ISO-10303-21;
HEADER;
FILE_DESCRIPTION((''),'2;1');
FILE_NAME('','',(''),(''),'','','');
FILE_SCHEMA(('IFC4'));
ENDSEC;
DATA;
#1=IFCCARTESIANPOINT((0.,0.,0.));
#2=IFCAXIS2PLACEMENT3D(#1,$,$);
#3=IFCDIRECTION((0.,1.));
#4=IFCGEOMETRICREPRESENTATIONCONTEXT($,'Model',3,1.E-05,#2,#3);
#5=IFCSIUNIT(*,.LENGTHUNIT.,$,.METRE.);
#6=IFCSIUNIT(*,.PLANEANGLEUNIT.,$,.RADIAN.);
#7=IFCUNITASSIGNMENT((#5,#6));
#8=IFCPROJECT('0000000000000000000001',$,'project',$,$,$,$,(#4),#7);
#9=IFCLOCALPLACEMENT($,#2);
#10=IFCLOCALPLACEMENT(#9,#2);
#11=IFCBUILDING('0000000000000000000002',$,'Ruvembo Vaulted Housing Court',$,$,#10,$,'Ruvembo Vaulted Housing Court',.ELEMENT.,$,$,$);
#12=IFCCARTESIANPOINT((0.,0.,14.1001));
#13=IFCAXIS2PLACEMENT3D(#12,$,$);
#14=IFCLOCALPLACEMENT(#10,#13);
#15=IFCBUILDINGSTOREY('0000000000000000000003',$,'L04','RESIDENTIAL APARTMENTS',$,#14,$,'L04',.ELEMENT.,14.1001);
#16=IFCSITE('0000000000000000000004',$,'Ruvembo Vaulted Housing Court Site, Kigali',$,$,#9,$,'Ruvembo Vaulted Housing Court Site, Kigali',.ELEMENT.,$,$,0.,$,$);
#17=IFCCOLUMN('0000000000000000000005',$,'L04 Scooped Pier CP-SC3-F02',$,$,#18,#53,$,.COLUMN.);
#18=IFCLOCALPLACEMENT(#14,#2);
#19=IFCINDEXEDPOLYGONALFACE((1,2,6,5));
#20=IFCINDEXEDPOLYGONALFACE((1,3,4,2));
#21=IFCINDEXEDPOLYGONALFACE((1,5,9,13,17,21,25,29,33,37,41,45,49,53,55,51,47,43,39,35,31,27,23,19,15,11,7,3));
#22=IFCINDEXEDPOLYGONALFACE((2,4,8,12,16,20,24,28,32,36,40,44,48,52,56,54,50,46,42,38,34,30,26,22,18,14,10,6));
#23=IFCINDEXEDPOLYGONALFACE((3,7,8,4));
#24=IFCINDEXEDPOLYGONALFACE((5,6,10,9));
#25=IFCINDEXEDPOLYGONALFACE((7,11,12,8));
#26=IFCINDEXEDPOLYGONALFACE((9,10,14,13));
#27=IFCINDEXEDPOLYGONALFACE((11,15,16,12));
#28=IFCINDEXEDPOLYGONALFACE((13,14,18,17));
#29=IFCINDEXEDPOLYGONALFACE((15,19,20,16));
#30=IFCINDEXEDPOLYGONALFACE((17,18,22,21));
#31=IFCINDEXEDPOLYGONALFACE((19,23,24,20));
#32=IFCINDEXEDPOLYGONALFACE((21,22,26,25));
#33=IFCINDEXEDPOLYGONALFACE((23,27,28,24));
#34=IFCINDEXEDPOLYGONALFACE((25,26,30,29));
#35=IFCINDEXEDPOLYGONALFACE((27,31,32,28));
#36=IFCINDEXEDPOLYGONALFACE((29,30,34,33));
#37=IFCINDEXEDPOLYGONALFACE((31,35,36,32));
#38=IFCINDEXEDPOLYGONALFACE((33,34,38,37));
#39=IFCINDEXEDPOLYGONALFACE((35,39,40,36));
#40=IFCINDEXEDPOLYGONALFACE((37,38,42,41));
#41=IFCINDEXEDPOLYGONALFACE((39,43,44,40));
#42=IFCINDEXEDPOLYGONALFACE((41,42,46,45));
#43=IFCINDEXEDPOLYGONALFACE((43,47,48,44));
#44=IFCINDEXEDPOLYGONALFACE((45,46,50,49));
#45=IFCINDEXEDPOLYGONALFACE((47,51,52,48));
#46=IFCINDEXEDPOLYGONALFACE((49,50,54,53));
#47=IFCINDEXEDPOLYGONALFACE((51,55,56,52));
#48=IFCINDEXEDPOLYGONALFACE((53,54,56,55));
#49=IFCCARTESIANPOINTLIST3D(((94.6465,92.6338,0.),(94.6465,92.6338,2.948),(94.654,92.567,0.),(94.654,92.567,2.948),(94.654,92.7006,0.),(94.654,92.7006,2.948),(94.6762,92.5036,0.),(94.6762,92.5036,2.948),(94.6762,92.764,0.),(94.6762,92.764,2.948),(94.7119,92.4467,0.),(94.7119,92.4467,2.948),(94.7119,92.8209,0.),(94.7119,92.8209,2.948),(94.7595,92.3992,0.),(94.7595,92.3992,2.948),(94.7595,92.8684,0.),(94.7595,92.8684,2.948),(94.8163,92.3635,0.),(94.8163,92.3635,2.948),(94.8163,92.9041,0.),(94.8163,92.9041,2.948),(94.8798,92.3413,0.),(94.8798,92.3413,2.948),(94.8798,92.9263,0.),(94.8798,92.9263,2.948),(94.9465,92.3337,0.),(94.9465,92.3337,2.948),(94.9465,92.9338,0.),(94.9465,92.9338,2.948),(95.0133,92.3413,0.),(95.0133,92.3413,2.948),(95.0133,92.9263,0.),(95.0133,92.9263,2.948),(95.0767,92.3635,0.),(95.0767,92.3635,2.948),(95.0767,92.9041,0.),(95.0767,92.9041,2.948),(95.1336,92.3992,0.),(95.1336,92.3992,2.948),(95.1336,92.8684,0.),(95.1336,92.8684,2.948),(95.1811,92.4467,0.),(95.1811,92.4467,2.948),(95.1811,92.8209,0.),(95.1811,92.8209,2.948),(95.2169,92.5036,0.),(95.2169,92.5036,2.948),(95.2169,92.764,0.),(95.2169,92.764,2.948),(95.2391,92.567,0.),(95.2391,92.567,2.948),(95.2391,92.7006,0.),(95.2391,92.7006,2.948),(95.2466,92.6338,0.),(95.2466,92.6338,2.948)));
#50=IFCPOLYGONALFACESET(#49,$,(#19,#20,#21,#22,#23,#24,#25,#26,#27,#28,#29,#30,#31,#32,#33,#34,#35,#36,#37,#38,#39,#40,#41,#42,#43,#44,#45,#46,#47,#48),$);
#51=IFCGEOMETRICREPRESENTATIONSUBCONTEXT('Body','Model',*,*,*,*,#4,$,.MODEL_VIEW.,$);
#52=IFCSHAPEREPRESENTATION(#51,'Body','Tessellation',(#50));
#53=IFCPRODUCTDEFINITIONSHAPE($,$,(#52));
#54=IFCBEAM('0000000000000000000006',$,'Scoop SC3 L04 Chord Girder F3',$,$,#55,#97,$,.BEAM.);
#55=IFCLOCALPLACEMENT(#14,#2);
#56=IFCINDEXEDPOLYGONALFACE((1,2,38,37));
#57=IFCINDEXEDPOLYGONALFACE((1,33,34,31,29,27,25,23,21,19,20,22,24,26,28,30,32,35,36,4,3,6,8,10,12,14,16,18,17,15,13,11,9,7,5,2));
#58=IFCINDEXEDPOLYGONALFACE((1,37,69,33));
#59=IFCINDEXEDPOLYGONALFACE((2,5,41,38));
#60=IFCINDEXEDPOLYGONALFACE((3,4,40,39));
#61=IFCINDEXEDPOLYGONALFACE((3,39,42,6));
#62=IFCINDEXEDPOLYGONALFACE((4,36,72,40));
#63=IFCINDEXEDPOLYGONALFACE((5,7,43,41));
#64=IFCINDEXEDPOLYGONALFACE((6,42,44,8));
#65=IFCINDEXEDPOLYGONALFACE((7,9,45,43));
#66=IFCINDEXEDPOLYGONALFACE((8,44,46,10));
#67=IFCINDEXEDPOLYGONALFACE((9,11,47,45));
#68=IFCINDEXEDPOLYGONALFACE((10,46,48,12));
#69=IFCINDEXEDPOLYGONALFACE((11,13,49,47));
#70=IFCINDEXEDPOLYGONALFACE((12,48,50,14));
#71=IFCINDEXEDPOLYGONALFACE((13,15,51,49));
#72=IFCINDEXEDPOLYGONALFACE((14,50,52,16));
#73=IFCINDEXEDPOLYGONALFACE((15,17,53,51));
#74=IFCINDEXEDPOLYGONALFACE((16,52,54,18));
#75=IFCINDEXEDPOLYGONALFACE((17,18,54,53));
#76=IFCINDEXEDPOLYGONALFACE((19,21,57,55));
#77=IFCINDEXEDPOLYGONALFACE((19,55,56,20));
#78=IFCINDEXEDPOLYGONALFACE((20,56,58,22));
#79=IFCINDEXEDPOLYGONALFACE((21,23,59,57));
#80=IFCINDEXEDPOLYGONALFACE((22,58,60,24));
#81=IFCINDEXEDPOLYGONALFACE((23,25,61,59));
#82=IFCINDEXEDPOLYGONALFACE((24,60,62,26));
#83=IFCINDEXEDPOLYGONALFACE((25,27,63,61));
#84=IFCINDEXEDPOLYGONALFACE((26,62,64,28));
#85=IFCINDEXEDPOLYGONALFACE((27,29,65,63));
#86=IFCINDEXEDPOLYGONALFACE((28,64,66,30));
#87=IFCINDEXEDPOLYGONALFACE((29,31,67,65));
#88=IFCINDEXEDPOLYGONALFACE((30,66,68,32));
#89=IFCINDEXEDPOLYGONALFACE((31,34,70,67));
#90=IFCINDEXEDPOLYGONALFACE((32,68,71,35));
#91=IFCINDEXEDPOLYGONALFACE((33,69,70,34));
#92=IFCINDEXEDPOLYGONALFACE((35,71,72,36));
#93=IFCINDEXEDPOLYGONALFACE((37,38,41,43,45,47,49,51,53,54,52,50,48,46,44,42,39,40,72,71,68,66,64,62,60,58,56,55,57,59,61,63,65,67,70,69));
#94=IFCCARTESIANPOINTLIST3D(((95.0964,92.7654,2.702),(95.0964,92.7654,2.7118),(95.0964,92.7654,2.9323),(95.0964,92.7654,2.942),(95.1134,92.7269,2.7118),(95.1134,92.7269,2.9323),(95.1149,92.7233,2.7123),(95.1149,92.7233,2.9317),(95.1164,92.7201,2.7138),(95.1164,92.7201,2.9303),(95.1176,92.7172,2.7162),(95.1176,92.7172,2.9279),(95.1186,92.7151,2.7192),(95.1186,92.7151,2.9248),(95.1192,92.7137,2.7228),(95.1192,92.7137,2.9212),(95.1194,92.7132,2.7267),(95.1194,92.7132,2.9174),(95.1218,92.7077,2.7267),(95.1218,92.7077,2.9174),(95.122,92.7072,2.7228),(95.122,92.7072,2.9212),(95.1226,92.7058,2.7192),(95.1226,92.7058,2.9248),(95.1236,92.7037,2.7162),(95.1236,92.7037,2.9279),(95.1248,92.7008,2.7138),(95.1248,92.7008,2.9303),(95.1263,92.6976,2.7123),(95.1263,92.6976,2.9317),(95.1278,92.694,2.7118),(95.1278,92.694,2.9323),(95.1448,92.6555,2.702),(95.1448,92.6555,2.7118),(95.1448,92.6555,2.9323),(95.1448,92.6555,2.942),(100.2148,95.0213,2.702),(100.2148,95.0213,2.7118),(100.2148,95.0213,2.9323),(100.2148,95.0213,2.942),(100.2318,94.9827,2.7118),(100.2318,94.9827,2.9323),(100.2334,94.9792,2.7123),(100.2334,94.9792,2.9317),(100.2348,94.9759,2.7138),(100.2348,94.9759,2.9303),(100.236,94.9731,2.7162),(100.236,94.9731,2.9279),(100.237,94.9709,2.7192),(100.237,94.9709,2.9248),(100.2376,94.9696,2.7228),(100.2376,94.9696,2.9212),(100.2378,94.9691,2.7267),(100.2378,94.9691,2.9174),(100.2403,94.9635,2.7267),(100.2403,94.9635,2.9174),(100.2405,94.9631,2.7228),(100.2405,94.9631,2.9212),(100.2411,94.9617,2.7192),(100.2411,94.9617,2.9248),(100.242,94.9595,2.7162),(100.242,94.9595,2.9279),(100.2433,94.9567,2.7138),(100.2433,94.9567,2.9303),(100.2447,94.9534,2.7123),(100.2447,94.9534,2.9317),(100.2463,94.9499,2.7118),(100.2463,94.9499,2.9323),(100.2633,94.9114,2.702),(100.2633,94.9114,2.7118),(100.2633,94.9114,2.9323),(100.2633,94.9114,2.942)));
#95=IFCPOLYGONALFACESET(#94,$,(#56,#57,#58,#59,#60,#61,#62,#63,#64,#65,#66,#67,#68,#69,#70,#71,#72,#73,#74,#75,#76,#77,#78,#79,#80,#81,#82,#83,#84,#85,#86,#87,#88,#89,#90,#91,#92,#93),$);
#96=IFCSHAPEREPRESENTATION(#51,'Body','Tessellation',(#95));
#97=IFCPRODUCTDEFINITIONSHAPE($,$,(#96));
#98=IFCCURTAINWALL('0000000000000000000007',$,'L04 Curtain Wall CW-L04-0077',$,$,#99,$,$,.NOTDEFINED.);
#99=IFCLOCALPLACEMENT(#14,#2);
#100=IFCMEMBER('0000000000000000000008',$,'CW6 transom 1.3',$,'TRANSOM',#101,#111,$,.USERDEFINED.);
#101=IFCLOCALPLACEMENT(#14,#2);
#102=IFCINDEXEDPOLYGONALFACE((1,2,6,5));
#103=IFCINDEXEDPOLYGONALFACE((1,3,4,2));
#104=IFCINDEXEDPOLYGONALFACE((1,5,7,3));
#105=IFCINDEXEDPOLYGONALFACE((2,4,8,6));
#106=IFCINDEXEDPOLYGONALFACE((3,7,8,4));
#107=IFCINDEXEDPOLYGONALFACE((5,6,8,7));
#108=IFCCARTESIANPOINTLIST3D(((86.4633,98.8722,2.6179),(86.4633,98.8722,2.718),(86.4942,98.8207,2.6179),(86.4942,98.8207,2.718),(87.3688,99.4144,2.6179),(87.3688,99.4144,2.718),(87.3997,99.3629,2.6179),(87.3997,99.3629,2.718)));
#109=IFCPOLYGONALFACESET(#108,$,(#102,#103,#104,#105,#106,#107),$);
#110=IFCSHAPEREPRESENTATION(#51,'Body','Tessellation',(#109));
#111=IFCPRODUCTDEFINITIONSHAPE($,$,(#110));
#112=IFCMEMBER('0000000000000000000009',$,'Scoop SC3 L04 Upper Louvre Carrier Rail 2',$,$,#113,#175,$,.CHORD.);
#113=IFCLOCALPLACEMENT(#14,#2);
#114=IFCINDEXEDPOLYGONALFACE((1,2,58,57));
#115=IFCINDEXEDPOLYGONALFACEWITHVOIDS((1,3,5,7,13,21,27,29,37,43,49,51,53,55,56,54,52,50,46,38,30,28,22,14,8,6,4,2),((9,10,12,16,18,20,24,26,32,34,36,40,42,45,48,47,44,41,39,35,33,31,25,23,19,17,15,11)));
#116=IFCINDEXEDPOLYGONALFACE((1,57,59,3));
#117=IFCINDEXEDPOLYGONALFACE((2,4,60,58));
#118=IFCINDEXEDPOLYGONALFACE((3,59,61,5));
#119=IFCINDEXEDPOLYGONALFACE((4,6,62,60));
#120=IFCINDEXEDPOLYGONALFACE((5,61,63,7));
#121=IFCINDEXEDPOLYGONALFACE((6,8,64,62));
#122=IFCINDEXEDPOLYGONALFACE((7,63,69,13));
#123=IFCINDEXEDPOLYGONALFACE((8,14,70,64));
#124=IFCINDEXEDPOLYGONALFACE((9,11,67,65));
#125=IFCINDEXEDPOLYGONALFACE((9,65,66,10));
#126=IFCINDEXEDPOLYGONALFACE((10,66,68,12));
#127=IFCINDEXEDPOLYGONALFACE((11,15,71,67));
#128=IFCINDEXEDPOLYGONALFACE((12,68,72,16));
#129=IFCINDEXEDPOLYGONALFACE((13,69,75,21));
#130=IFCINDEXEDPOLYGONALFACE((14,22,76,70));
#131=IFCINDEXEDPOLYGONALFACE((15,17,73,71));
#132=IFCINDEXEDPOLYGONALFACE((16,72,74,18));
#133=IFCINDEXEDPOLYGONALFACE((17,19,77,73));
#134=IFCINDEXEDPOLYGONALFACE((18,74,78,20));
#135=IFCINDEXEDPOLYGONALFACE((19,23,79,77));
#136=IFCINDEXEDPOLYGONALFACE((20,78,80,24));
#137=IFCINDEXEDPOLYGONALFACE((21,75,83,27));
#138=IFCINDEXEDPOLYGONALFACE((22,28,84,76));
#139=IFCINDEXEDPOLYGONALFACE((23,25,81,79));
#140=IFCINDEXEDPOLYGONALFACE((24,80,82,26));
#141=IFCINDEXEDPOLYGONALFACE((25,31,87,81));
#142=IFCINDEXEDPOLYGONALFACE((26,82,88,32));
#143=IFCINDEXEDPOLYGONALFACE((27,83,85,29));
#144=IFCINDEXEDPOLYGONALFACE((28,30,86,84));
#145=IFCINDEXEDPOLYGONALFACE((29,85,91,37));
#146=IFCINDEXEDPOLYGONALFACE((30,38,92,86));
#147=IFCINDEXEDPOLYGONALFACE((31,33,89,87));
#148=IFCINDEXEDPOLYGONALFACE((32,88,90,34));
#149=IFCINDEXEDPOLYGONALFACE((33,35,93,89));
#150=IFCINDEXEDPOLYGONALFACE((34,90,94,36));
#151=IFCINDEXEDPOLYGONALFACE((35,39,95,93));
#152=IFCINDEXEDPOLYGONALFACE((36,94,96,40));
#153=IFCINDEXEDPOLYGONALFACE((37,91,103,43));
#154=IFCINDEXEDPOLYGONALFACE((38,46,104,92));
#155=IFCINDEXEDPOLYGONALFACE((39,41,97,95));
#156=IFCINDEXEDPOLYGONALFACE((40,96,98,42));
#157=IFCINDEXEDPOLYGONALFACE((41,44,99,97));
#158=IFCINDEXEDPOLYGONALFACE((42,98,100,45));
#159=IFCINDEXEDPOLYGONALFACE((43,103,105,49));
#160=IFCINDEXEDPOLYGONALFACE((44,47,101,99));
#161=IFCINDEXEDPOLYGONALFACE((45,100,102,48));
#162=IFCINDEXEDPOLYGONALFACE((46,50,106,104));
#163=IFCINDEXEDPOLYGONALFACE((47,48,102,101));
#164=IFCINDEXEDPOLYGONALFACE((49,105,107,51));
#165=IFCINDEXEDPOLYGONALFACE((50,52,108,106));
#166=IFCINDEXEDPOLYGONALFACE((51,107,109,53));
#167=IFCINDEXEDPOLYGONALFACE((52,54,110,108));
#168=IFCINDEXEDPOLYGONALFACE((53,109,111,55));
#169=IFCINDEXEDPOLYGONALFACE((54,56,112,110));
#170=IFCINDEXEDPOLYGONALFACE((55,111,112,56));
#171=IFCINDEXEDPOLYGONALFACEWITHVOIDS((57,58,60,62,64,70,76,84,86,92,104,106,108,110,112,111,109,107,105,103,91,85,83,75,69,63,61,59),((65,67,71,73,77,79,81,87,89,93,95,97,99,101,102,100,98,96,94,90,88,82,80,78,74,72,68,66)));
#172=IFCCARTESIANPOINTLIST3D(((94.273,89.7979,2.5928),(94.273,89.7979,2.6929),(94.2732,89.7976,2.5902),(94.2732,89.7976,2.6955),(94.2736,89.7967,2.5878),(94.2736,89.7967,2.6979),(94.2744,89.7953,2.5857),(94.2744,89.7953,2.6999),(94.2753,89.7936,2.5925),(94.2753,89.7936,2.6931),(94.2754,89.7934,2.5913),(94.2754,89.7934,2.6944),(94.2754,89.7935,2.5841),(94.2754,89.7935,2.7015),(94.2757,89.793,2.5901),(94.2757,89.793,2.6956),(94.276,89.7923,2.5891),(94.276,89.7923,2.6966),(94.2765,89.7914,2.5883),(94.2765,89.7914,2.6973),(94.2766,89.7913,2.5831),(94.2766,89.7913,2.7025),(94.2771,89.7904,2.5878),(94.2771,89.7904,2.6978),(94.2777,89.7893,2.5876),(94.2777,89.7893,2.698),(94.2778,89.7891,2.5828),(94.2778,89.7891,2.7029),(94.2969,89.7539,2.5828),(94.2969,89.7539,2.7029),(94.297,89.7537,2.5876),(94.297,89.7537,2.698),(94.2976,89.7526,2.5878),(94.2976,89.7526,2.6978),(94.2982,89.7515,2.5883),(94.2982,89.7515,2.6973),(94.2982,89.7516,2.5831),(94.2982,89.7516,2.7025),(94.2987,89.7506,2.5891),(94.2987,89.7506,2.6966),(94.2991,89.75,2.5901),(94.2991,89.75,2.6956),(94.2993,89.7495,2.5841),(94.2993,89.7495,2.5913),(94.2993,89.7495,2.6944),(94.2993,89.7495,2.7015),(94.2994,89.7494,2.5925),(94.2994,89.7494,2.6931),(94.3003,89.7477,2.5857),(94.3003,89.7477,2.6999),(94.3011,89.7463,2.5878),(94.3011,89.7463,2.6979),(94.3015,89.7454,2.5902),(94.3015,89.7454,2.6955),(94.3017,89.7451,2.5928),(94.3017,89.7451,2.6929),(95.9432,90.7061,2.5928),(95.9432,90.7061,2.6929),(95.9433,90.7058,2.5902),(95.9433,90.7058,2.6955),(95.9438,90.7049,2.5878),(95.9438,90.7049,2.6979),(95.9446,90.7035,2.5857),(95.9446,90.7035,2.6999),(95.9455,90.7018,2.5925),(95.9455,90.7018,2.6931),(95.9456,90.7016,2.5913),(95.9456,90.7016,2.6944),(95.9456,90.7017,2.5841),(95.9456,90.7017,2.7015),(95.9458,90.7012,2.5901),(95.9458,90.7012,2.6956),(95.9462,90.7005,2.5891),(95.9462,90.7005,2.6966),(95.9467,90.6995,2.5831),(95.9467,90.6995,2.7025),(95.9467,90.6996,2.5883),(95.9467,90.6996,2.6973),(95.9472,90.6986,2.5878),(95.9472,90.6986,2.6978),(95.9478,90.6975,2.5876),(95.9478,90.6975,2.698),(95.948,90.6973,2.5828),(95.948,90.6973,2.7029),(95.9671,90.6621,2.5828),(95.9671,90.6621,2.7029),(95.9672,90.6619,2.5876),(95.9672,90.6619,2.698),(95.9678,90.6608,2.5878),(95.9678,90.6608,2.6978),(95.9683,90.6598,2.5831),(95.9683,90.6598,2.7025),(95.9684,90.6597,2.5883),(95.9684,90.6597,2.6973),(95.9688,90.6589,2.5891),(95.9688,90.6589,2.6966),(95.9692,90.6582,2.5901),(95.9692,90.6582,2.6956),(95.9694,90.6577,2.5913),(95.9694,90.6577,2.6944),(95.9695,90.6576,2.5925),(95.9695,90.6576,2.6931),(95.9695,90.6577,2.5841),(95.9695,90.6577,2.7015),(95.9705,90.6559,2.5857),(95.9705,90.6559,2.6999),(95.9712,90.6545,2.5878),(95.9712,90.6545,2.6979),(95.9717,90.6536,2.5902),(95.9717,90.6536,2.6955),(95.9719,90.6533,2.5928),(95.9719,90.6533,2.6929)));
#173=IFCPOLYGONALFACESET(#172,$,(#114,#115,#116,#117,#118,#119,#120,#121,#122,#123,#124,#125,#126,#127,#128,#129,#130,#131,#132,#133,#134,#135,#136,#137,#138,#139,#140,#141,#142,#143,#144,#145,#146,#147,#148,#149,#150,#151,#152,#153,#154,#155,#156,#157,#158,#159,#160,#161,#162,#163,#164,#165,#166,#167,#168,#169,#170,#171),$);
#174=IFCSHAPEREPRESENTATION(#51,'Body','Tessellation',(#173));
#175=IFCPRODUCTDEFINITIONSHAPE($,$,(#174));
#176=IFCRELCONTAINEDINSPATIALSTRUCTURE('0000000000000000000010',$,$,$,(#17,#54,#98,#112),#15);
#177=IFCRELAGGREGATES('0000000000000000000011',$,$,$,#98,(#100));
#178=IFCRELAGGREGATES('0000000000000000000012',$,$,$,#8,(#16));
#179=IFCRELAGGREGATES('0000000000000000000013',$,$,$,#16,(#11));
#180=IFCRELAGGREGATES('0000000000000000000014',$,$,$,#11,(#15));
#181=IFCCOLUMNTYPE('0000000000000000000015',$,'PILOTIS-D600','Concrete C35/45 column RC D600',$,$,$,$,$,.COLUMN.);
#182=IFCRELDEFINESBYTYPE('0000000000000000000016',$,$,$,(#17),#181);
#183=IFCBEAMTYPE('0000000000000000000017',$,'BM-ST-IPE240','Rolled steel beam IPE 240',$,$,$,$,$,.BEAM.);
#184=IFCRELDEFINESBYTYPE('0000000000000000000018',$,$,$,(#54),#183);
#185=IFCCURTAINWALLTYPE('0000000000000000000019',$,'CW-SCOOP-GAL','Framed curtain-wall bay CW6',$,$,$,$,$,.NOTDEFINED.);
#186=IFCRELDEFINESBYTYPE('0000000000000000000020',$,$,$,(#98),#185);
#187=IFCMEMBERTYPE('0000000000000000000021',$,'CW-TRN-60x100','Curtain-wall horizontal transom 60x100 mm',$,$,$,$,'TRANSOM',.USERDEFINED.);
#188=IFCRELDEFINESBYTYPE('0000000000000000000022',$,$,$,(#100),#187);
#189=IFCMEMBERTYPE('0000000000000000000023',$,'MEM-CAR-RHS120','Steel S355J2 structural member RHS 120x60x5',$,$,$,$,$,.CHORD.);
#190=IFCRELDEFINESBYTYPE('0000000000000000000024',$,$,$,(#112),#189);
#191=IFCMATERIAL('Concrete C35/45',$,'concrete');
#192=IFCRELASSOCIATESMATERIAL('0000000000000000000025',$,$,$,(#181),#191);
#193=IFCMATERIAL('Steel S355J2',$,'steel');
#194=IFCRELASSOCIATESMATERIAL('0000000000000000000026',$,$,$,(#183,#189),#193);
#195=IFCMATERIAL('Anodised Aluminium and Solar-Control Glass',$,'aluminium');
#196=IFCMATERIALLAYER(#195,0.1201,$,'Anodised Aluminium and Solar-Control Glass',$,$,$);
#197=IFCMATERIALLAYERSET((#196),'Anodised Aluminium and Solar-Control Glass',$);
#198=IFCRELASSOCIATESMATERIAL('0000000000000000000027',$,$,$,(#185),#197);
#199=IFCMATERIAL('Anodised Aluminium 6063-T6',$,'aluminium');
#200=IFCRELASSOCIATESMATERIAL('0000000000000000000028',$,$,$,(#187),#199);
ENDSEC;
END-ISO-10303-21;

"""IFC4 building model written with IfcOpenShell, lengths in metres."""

from ifc_helpers import new_model, si_unit, direction, frame, origin, origin_2d, place, context, subcontext, project, spatial, rectangle, hollow_rectangle, circle, i_section, extrude, material, layer, layer_set, material_profile, profile_set, type_object, element, aggregate, save


model = new_model("IFC4")

# Units and contexts
model_context = context("Model", 3, precision=1e-05, world=origin(), true_north=direction((0.0, 1.0)))
body_context = subcontext(model_context, "Body", "Model", "MODEL_VIEW")
ifc_project = project(units=[si_unit("LENGTHUNIT", "METRE"), si_unit("PLANEANGLEUNIT", "RADIAN")], contexts=[model_context])

# Site, building, storey
site_placement = place(None, origin())
site = spatial("IfcSite", under=ifc_project, at=site_placement, Name="Ruvembo Vaulted Housing Court Site, Kigali", LongName="Ruvembo Vaulted Housing Court Site, Kigali", CompositionType="ELEMENT", RefElevation=0.0)
building_placement = place(site_placement, origin())
building = spatial("IfcBuilding", under=site, at=building_placement, Name="Ruvembo Vaulted Housing Court", LongName="Ruvembo Vaulted Housing Court", CompositionType="ELEMENT")
storey_placement = place(building_placement, frame((0.0, 0.0, 14.1001)))
storey = spatial("IfcBuildingStorey", under=building, at=storey_placement, Name="L04", Description="RESIDENTIAL APARTMENTS", LongName="L04", CompositionType="ELEMENT", Elevation=14.1001)

# Column
ifc_material_1 = material(Name="Concrete C35/45", Category="concrete")
ifc_material_profile_1 = material_profile(ifc_material_1, circle(Radius=0.3, at=origin_2d()), Name="RC D600")
ifc_profile_set_1 = profile_set([ifc_material_profile_1], Name="Concrete C35/45")
column_type = type_object("IfcColumnType", Name="PILOTIS-D600", Description="Concrete C35/45 column RC D600", PredefinedType="COLUMN", material=ifc_profile_set_1)
column_placement = place(storey_placement, frame((94.9465, 92.6338, 0.0), z_axis=(0.0, 0.0, 1.0), x_axis=(1.0, 0.0, 0.0)))
element("IfcColumn", 1, at=column_placement, inside=storey, type_object=column_type, Name="L04 Scooped Pier CP-SC3-F02", PredefinedType="COLUMN", context=body_context, shape_type="SweptSolid", body=[
    extrude(circle(Radius=0.3, at=origin_2d()), origin(), (0.0, 0.0, 1.0), 2.948),
])

# Beam
ifc_material_2 = material(Name="Steel S355J2", Category="steel")
ifc_material_profile_2 = material_profile(ifc_material_2, i_section(OverallWidth=0.1201, OverallDepth=0.24, WebThickness=0.0061, FlangeThickness=0.0098, FilletRadius=0.0149, at=origin_2d()), Name="IPE 240")
ifc_profile_set_2 = profile_set([ifc_material_profile_2], Name="Steel S355J2")
beam_type = type_object("IfcBeamType", Name="BM-ST-IPE240", Description="Rolled steel beam IPE 240", PredefinedType="BEAM", material=ifc_profile_set_2)
beam_placement = place(storey_placement, frame((95.1206, 92.7104, 2.822), z_axis=(0.915067, 0.403302, 0.0), x_axis=(-0.403302, 0.915067, 0.0)))
element("IfcBeam", 2, at=beam_placement, inside=storey, type_object=beam_type, Name="Scoop SC3 L04 Chord Girder F3", PredefinedType="BEAM", context=body_context, shape_type="SweptSolid", body=[
    extrude(i_section(OverallWidth=0.1201, OverallDepth=0.24, WebThickness=0.0061, FlangeThickness=0.0098, FilletRadius=0.0149, at=origin_2d()), origin(), (0.0, 0.0, 1.0), 5.5935),
])

# Curtain wall, member
ifc_material_3 = material(Name="Anodised Aluminium and Solar-Control Glass", Category="aluminium")
ifc_layer_1 = layer(ifc_material_3, 0.1201, Name="Anodised Aluminium and Solar-Control Glass")
ifc_layer_set_1 = layer_set([ifc_layer_1], Name="Anodised Aluminium and Solar-Control Glass")
curtain_wall_type = type_object("IfcCurtainWallType", Name="CW-SCOOP-GAL", Description="Framed curtain-wall bay CW6", PredefinedType="NOTDEFINED", material=ifc_layer_set_1)
curtain_wall_placement = place(storey_placement, origin())
curtain_wall = element("IfcCurtainWall", 3, at=curtain_wall_placement, inside=storey, type_object=curtain_wall_type, Name="L04 Curtain Wall CW-L04-0077", PredefinedType="NOTDEFINED")
ifc_material_4 = material(Name="Anodised Aluminium 6063-T6", Category="aluminium")
ifc_material_profile_3 = material_profile(ifc_material_4, rectangle(XDim=0.0601, YDim=0.1001, at=origin_2d()), Name="ALU 60x100")
ifc_profile_set_3 = profile_set([ifc_material_profile_3], Name="Anodised Aluminium 6063-T6")
member_type_1 = type_object("IfcMemberType", Name="CW-TRN-60x100", Description="Curtain-wall horizontal transom 60x100 mm", ElementType="TRANSOM", PredefinedType="USERDEFINED", material=ifc_profile_set_3)
member_1_placement = place(storey_placement, frame((86.4788, 98.8464, 2.668), z_axis=(0.857942, 0.513747, 0.0), x_axis=(-0.513747, 0.857942, 0.0)))
member_1 = element("IfcMember", 4, at=member_1_placement, type_object=member_type_1, Name="CW6 transom 1.3", ObjectType="TRANSOM", PredefinedType="USERDEFINED", context=body_context, shape_type="SweptSolid", body=[
    extrude(rectangle(XDim=0.0601, YDim=0.1001, at=origin_2d()), origin(), (0.0, 0.0, 1.0), 1.0554),
])

# Member
ifc_material_profile_4 = material_profile(ifc_material_2, hollow_rectangle(XDim=0.0601, YDim=0.1201, WallThickness=0.0049, InnerFilletRadius=0.0049, OuterFilletRadius=0.01, at=origin_2d()), Name="RHS 120x60x5")
ifc_profile_set_4 = profile_set([ifc_material_profile_4], Name="Steel S355J2")
member_type_2 = type_object("IfcMemberType", Name="MEM-CAR-RHS120", Description="Steel S355J2 structural member RHS 120x60x5", PredefinedType="CHORD", material=ifc_profile_set_4)
member_2_placement = place(storey_placement, frame((94.2874, 89.7715, 2.6428), z_axis=(0.878513, 0.477718, 0.0), x_axis=(-0.477718, 0.878513, 0.0)))
element("IfcMember", 5, at=member_2_placement, inside=storey, type_object=member_type_2, Name="Scoop SC3 L04 Upper Louvre Carrier Rail 2", PredefinedType="CHORD", context=body_context, shape_type="SweptSolid", body=[
    extrude(hollow_rectangle(XDim=0.0601, YDim=0.1201, WallThickness=0.0049, InnerFilletRadius=0.0049, OuterFilletRadius=0.01, at=origin_2d()), origin(), (0.0, 0.0, 1.0), 1.9011),
])

aggregate(curtain_wall, [member_1])

save(model, "model.ifc")
